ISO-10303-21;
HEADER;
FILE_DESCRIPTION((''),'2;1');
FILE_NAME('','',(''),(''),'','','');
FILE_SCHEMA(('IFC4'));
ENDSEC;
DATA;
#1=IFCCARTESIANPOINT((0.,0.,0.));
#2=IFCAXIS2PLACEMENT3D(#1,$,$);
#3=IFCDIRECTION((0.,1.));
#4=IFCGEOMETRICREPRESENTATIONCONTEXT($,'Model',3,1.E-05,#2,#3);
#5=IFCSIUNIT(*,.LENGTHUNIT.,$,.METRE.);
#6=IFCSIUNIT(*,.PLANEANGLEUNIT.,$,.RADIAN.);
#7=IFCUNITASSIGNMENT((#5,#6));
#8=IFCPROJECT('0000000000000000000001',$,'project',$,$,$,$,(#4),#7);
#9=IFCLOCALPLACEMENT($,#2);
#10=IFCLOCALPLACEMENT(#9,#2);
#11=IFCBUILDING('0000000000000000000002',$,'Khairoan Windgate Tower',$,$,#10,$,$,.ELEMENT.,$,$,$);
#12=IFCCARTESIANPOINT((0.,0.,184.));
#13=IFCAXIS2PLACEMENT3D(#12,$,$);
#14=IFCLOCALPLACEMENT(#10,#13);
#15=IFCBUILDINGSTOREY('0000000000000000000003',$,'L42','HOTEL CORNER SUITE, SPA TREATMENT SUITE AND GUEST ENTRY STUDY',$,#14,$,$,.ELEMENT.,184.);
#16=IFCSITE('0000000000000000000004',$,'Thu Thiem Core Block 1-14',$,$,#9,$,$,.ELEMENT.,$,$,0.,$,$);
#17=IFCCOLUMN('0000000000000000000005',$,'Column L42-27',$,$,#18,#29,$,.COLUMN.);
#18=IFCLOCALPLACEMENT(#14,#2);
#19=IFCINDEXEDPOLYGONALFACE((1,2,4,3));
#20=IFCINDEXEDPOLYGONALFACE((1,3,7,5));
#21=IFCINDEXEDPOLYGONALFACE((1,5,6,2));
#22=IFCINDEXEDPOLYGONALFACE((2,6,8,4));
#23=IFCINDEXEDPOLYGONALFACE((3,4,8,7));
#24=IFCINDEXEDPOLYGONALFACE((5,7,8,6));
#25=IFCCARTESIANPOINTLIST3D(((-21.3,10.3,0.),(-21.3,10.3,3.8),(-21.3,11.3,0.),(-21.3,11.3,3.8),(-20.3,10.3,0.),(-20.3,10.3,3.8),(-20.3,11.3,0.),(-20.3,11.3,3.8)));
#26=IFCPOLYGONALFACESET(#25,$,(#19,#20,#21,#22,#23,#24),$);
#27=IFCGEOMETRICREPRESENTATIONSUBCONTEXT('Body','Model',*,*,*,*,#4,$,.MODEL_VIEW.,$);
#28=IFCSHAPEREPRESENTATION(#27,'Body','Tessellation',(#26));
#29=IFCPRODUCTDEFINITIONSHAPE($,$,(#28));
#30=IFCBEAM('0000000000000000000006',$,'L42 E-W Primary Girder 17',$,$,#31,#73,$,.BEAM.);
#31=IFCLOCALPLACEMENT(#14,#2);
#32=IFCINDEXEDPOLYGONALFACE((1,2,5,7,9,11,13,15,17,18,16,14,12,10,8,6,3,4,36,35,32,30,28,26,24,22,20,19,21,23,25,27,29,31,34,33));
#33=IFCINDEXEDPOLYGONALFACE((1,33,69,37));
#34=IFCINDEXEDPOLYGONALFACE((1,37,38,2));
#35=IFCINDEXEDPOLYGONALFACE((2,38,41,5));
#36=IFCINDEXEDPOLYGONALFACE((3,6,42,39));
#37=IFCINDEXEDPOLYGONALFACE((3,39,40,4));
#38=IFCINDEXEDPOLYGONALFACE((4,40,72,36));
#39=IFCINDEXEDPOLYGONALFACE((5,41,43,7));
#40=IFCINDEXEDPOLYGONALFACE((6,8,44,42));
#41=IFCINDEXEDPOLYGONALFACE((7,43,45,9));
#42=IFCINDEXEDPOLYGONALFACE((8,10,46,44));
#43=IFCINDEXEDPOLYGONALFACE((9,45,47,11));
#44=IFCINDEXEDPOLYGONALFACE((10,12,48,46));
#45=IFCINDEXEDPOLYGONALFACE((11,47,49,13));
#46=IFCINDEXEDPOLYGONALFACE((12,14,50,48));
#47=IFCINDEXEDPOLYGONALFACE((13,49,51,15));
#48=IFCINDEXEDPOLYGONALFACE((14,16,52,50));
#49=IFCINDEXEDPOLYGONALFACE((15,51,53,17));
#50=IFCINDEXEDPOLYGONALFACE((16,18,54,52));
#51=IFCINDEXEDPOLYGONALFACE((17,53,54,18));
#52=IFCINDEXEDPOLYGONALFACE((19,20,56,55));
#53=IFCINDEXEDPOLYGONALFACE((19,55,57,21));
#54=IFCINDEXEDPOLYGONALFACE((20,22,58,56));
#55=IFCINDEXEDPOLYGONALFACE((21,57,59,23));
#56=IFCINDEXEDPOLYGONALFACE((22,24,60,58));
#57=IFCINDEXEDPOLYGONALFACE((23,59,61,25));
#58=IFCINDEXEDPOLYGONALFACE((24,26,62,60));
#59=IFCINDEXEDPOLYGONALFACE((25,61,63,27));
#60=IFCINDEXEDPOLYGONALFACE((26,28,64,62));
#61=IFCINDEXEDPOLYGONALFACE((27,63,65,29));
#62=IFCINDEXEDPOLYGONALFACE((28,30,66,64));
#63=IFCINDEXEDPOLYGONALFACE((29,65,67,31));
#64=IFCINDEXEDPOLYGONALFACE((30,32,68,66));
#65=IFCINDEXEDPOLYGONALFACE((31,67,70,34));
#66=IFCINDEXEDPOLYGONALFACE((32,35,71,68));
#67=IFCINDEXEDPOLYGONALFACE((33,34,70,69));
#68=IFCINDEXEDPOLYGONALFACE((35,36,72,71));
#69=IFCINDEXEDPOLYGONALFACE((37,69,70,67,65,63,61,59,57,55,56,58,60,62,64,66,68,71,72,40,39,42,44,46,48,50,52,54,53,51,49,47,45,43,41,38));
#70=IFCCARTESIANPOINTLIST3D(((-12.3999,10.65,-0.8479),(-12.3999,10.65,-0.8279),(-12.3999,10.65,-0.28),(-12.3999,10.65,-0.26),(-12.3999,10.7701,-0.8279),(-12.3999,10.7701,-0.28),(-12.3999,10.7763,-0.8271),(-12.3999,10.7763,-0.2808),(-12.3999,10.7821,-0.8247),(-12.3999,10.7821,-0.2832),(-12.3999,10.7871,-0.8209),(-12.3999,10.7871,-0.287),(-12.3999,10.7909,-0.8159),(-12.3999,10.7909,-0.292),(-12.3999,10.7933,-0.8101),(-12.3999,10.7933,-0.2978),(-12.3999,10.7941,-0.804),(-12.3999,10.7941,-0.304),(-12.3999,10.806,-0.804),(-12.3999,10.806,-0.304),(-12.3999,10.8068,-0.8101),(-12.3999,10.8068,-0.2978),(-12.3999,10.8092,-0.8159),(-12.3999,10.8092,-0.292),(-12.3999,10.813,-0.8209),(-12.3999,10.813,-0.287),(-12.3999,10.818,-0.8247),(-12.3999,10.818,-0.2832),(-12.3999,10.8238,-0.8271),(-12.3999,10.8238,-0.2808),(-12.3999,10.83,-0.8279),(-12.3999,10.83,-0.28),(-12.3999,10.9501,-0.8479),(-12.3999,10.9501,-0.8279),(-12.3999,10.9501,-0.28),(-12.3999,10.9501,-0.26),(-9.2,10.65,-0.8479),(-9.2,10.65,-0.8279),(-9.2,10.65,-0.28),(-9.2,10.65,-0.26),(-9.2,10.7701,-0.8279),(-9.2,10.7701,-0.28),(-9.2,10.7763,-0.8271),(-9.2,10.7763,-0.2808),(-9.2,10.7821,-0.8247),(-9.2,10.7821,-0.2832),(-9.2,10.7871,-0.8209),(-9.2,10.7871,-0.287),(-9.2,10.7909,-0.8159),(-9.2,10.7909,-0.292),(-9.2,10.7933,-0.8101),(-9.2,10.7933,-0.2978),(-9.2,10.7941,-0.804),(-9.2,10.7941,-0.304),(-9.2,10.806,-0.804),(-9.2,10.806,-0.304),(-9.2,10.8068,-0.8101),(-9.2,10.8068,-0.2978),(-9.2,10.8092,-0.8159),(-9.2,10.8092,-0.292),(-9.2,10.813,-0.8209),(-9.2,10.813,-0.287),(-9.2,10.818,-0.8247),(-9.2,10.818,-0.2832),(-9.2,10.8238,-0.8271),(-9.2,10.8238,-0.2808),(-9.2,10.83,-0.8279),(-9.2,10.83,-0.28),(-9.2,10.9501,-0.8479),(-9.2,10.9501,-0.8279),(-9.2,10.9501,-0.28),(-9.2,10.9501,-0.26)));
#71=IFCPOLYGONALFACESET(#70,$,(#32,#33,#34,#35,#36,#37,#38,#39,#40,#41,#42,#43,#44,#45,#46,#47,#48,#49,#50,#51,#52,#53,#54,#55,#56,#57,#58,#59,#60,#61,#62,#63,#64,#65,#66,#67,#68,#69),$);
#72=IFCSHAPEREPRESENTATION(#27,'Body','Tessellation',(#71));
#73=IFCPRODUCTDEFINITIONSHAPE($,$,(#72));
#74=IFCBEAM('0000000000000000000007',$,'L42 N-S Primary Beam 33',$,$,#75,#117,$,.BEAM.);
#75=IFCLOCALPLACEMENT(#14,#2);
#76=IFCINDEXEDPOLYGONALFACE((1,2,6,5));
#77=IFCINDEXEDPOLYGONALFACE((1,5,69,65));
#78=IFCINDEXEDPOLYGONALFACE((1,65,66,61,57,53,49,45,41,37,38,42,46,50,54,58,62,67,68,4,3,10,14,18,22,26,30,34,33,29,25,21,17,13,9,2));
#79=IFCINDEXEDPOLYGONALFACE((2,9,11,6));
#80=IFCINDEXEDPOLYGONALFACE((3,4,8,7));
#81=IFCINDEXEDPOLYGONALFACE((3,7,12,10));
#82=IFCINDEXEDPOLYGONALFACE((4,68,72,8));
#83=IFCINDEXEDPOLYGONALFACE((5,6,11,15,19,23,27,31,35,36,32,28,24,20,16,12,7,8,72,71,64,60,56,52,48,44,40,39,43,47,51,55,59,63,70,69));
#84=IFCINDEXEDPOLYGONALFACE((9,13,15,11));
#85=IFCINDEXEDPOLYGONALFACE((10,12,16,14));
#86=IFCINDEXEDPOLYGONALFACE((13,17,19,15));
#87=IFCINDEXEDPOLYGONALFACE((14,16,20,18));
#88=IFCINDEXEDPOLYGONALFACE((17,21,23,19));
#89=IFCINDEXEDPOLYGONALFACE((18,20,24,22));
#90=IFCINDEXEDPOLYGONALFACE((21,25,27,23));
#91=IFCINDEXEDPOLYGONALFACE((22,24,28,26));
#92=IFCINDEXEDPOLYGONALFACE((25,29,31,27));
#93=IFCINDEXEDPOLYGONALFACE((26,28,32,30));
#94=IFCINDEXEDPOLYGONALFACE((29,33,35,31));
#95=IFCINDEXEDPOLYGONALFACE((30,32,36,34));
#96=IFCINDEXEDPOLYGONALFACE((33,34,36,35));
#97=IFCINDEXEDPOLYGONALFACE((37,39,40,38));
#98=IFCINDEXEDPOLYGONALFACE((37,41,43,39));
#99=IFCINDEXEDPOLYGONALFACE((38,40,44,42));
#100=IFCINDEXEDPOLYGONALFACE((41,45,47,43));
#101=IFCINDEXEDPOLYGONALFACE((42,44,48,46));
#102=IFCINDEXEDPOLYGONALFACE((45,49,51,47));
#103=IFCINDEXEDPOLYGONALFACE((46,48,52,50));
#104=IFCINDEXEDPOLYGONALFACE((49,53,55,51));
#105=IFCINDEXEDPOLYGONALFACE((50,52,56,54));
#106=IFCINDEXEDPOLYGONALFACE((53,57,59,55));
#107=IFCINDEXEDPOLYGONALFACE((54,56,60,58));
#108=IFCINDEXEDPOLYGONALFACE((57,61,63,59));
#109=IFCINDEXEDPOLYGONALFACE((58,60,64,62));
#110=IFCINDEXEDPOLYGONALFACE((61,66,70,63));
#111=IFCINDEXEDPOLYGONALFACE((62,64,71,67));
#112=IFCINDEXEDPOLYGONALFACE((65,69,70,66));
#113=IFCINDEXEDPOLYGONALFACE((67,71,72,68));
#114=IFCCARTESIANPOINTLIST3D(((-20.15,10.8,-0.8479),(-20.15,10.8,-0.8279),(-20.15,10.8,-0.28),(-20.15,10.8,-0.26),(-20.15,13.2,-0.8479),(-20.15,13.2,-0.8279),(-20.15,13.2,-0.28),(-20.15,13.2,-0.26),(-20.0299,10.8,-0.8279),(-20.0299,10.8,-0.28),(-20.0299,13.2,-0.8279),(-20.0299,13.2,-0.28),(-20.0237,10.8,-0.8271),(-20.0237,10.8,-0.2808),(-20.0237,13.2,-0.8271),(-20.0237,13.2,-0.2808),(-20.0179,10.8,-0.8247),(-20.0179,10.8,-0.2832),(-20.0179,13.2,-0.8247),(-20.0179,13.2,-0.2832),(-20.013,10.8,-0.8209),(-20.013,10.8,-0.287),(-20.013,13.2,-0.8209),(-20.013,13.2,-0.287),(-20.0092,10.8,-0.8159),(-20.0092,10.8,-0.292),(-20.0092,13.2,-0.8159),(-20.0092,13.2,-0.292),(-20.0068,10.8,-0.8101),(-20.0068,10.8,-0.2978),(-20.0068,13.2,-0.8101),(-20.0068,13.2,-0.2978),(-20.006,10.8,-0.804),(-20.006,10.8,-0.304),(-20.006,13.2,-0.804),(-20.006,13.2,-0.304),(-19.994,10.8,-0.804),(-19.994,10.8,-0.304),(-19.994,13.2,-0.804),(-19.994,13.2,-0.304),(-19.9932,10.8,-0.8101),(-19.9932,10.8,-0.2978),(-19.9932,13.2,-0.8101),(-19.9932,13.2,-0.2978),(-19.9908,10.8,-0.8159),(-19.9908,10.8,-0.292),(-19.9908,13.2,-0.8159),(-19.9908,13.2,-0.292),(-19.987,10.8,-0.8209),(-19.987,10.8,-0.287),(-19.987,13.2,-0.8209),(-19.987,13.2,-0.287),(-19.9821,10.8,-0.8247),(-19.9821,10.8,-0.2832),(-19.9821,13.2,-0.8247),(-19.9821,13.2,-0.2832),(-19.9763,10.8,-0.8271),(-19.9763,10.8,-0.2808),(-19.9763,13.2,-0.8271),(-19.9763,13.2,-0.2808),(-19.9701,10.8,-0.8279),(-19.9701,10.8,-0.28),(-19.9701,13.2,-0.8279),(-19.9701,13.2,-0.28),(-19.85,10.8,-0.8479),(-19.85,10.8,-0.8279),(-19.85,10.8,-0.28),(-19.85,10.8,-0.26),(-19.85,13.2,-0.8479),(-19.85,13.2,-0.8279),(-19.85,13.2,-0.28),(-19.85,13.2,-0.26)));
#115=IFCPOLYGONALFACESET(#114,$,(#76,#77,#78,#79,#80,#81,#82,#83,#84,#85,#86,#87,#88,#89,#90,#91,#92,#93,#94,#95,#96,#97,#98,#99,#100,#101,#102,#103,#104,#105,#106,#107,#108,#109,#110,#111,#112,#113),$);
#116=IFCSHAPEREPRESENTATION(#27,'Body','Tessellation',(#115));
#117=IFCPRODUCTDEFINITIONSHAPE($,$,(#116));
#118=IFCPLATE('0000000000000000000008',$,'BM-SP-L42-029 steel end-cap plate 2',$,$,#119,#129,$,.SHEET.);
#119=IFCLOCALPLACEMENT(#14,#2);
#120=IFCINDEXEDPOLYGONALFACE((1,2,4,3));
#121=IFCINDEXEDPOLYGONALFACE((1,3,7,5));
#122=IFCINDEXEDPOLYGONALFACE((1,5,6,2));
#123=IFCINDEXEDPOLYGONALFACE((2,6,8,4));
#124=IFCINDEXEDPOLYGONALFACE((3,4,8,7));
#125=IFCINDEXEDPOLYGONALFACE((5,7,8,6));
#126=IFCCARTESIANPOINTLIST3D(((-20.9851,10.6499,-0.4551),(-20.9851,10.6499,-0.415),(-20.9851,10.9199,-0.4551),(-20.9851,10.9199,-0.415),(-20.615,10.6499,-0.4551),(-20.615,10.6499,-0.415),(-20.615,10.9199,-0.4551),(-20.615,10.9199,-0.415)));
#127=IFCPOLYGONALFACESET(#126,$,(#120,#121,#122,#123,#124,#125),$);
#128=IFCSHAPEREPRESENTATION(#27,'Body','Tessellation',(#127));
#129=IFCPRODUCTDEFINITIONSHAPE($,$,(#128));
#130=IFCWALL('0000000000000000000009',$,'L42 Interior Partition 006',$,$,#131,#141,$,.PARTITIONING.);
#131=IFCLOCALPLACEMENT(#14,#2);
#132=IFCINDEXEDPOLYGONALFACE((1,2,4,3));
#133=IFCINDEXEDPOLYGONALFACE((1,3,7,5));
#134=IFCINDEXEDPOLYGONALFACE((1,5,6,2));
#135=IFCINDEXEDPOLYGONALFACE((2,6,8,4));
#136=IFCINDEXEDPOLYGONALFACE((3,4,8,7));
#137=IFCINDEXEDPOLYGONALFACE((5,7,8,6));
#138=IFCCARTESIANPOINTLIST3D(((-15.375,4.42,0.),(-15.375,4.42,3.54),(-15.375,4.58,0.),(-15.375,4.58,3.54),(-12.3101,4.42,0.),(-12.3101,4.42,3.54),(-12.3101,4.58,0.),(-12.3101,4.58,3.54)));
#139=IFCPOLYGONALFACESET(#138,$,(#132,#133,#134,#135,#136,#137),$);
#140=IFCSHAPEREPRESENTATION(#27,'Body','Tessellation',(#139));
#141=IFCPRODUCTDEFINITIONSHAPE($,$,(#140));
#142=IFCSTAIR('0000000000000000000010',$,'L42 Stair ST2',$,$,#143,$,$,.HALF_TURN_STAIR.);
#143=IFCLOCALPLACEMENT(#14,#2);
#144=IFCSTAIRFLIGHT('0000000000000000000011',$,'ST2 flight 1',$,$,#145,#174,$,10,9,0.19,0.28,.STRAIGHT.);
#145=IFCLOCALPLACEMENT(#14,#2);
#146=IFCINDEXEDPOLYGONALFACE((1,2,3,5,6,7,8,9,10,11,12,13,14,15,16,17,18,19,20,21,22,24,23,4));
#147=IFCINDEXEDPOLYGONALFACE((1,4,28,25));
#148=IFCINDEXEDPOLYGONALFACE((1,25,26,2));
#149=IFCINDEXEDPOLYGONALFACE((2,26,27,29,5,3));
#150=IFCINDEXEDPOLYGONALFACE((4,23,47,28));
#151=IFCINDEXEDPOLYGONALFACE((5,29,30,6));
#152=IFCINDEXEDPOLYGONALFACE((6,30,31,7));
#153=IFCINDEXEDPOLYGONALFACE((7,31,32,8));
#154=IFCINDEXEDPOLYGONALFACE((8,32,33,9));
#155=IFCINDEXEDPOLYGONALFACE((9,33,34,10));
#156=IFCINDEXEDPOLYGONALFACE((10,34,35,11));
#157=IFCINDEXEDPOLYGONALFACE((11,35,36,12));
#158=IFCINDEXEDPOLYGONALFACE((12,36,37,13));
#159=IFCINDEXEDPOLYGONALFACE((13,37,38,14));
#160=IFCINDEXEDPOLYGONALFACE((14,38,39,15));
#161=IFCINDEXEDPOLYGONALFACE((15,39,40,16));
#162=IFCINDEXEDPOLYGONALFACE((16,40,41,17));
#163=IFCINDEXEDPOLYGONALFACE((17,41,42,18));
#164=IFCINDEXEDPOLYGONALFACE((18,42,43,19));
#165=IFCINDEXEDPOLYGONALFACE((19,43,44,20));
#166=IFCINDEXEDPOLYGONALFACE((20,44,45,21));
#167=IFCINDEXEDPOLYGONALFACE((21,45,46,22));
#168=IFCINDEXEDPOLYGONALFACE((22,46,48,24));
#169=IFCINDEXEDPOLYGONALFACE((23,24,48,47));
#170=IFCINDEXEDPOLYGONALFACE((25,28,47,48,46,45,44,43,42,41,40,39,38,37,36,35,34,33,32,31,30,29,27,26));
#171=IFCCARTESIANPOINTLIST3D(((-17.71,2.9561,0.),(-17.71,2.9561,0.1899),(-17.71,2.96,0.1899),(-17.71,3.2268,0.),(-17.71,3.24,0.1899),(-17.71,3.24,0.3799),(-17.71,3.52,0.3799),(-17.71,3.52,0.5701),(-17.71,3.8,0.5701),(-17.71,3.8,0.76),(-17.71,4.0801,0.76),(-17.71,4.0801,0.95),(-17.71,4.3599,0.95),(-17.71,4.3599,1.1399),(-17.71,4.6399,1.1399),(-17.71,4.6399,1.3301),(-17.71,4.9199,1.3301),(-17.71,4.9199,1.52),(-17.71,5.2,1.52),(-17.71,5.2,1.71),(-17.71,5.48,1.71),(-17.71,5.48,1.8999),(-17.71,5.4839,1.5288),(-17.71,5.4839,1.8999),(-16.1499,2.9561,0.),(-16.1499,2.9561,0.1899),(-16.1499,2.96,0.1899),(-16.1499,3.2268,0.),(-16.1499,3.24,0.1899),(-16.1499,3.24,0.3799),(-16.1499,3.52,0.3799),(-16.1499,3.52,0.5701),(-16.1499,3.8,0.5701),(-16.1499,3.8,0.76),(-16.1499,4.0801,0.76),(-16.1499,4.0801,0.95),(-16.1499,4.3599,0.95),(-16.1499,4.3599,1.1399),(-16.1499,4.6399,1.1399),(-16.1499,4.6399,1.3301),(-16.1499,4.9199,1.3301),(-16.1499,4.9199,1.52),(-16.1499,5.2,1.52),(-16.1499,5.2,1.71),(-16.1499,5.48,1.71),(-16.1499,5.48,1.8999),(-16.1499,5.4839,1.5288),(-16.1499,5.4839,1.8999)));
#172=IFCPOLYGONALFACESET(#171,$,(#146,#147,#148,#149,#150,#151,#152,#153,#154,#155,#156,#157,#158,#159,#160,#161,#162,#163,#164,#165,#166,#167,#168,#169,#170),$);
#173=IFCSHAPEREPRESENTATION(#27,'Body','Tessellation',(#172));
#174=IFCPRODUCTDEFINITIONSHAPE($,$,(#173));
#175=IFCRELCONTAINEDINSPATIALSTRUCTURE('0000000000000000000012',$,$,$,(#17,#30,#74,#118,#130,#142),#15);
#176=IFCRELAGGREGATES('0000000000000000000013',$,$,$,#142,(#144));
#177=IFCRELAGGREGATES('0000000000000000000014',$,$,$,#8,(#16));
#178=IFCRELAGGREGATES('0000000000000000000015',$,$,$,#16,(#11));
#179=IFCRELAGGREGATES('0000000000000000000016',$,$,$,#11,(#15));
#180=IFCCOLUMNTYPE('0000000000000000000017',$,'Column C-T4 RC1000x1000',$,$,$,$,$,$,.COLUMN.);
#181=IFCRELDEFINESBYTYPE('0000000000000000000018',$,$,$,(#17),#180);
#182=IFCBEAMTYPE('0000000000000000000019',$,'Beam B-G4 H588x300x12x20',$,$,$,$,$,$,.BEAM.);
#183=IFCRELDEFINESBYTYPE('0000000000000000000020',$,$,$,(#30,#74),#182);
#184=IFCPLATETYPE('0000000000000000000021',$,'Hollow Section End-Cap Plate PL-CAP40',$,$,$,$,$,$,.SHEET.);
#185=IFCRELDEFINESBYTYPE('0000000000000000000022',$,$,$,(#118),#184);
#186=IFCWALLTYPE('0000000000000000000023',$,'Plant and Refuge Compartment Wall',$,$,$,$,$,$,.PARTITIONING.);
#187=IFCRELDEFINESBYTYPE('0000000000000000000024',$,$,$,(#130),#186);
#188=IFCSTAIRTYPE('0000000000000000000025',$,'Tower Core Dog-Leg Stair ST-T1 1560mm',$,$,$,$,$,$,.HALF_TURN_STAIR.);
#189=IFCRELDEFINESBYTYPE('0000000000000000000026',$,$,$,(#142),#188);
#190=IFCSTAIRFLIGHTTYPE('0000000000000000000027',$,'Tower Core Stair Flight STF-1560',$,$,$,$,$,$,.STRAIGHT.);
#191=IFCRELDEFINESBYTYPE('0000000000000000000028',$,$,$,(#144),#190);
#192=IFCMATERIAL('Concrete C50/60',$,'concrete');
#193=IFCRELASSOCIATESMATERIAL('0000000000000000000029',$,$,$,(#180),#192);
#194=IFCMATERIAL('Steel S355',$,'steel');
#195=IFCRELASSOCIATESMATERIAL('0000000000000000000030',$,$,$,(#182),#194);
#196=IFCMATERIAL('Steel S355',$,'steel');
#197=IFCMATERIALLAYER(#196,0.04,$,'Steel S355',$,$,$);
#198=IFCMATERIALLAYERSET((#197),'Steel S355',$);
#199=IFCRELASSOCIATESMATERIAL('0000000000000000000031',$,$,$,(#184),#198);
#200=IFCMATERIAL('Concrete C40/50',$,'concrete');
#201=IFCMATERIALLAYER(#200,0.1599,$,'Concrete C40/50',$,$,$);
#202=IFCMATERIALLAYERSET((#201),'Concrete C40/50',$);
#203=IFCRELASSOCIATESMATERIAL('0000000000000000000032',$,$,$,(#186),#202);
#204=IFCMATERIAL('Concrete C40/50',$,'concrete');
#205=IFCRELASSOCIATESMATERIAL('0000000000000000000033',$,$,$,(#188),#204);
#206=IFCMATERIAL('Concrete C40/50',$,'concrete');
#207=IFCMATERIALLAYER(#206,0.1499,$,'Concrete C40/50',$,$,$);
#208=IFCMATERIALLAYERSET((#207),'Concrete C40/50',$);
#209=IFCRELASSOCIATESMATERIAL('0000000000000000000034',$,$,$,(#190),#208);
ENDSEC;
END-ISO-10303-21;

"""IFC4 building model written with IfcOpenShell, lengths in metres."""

from ifc_helpers import new_model, si_unit, direction, frame, frame_2d, origin, origin_2d, place, context, subcontext, project, spatial, polyline, rectangle, i_section, outline, extrude, material, layer, layer_set, material_profile, profile_set, type_object, element, aggregate, save


model = new_model("IFC4")

# Units and contexts
model_context = context("Model", 3, precision=1e-05, world=origin(), true_north=direction((0.0, 1.0)))
body_context = subcontext(model_context, "Body", "Model", "MODEL_VIEW")
ifc_project = project(units=[si_unit("LENGTHUNIT", "METRE"), si_unit("PLANEANGLEUNIT", "RADIAN")], contexts=[model_context])

# Site, building, storey
site_placement = place(None, origin())
site = spatial("IfcSite", under=ifc_project, at=site_placement, Name="Thu Thiem Core Block 1-14", CompositionType="ELEMENT", RefElevation=0.0)
building_placement = place(site_placement, origin())
building = spatial("IfcBuilding", under=site, at=building_placement, Name="Khairoan Windgate Tower", CompositionType="ELEMENT")
storey_placement = place(building_placement, frame((0.0, 0.0, 184.0)))
storey = spatial("IfcBuildingStorey", under=building, at=storey_placement, Name="L42", Description="HOTEL CORNER SUITE, SPA TREATMENT SUITE AND GUEST ENTRY STUDY", CompositionType="ELEMENT", Elevation=184.0)

# Column
ifc_material_1 = material(Name="Concrete C50/60", Category="concrete")
ifc_material_profile_1 = material_profile(ifc_material_1, rectangle(XDim=1.0, YDim=1.0, at=origin_2d()))
ifc_profile_set_1 = profile_set([ifc_material_profile_1], Name="Concrete C50/60")
column_type = type_object("IfcColumnType", Name="Column C-T4 RC1000x1000", PredefinedType="COLUMN", material=ifc_profile_set_1)
column_placement = place(storey_placement, frame((-20.8, 10.8, 0.0), z_axis=(0.0, 0.0, 1.0), x_axis=(1.0, 0.0, 0.0)))
element("IfcColumn", 1, at=column_placement, inside=storey, type_object=column_type, Name="Column L42-27", PredefinedType="COLUMN", context=body_context, shape_type="SweptSolid", body=[
    extrude(rectangle(XDim=1.0, YDim=1.0, at=origin_2d()), origin(), (0.0, 0.0, 1.0), 3.8),
])

# Beams
ifc_material_2 = material(Name="Steel S355", Category="steel")
ifc_material_profile_2 = material_profile(ifc_material_2, i_section(OverallWidth=0.3, OverallDepth=0.5879, WebThickness=0.012, FlangeThickness=0.02, FilletRadius=0.0239, at=origin_2d()))
ifc_profile_set_2 = profile_set([ifc_material_profile_2], Name="Steel S355")
beam_type = type_object("IfcBeamType", Name="Beam B-G4 H588x300x12x20", PredefinedType="BEAM", material=ifc_profile_set_2)
beam_1_placement = place(storey_placement, frame((-12.3999, 10.8, -0.554), z_axis=(1.0, 0.0, 0.0), x_axis=(0.0, 1.0, 0.0)))
element("IfcBeam", 2, at=beam_1_placement, inside=storey, type_object=beam_type, Name="L42 E-W Primary Girder 17", PredefinedType="BEAM", context=body_context, shape_type="SweptSolid", body=[
    extrude(i_section(OverallWidth=0.3, OverallDepth=0.5879, WebThickness=0.012, FlangeThickness=0.02, FilletRadius=0.0239, at=origin_2d()), origin(), (0.0, 0.0, 1.0), 3.2),
])
beam_2_placement = place(storey_placement, frame((-20.0, 10.8, -0.554), z_axis=(0.0, 1.0, 0.0), x_axis=(-1.0, 0.0, 0.0)))
element("IfcBeam", 3, at=beam_2_placement, inside=storey, type_object=beam_type, Name="L42 N-S Primary Beam 33", PredefinedType="BEAM", context=body_context, shape_type="SweptSolid", body=[
    extrude(i_section(OverallWidth=0.3, OverallDepth=0.5879, WebThickness=0.012, FlangeThickness=0.02, FilletRadius=0.0239, at=origin_2d()), origin(), (0.0, 0.0, 1.0), 2.3999),
])

# Plate
ifc_material_3 = material(Name="Steel S355", Category="steel")
ifc_layer_1 = layer(ifc_material_3, 0.04, Name="Steel S355")
ifc_layer_set_1 = layer_set([ifc_layer_1], Name="Steel S355")
plate_type = type_object("IfcPlateType", Name="Hollow Section End-Cap Plate PL-CAP40", PredefinedType="SHEET", material=ifc_layer_set_1)
plate_placement = place(storey_placement, frame((-20.8, 10.7849, -0.4551), z_axis=(0.0, 0.0, 1.0), x_axis=(0.0, 1.0, 0.0)))
element("IfcPlate", 4, at=plate_placement, inside=storey, type_object=plate_type, Name="BM-SP-L42-029 steel end-cap plate 2", PredefinedType="SHEET", context=body_context, shape_type="SweptSolid", body=[
    extrude(rectangle(XDim=0.27, YDim=0.3701, at=origin_2d()), origin(), (0.0, 0.0, 1.0), 0.04),
])

# Wall
ifc_material_4 = material(Name="Concrete C40/50", Category="concrete")
ifc_layer_2 = layer(ifc_material_4, 0.1599, Name="Concrete C40/50")
ifc_layer_set_2 = layer_set([ifc_layer_2], Name="Concrete C40/50")
wall_type = type_object("IfcWallType", Name="Plant and Refuge Compartment Wall", PredefinedType="PARTITIONING", material=ifc_layer_set_2)
wall_placement = place(storey_placement, frame((-15.375, 4.5, 0.0), z_axis=(0.0, 0.0, 1.0), x_axis=(1.0, 0.0, 0.0)))
element("IfcWall", 5, at=wall_placement, inside=storey, type_object=wall_type, Name="L42 Interior Partition 006", PredefinedType="PARTITIONING", context=body_context, shape_type="SweptSolid", body=[
    extrude(rectangle(XDim=3.0649, YDim=0.1599, at=frame_2d((1.5325, 0.0))), origin(), (0.0, 0.0, 1.0), 3.54),
])

# Stair, stair flight
ifc_material_5 = material(Name="Concrete C40/50", Category="concrete")
stair_type = type_object("IfcStairType", Name="Tower Core Dog-Leg Stair ST-T1 1560mm", PredefinedType="HALF_TURN_STAIR", material=ifc_material_5)
stair_placement = place(storey_placement, origin())
stair = element("IfcStair", 6, at=stair_placement, inside=storey, type_object=stair_type, Name="L42 Stair ST2", PredefinedType="HALF_TURN_STAIR")
ifc_material_6 = material(Name="Concrete C40/50", Category="concrete")
ifc_layer_3 = layer(ifc_material_6, 0.1499, Name="Concrete C40/50")
ifc_layer_set_3 = layer_set([ifc_layer_3], Name="Concrete C40/50")
stair_flight_type = type_object("IfcStairFlightType", Name="Tower Core Stair Flight STF-1560", PredefinedType="STRAIGHT", material=ifc_layer_set_3)
stair_flight_1_placement = place(storey_placement, frame((-16.9299, 2.96, 0.0), z_axis=(0.0, 0.0, 1.0), x_axis=(0.0, 1.0, 0.0)))
stair_flight_1 = element("IfcStairFlight", 7, at=stair_flight_1_placement, type_object=stair_flight_type, Name="ST2 flight 1", NumberOfRisers=10, NumberOfTreads=9, PredefinedType="STRAIGHT", RiserHeight=0.19, TreadLength=0.28, context=body_context, shape_type="SweptSolid", body=[
    extrude(outline(polyline([(-0.0039, 0.0), (-0.0039, 0.1899), (0.0, 0.1899), (0.28, 0.1899), (0.28, 0.3799), (0.5601, 0.3799), (0.5601, 0.5701), (0.8401, 0.5701), (0.8401, 0.76), (1.1201, 0.76), (1.1201, 0.95), (1.3999, 0.95), (1.3999, 1.1399), (1.6799, 1.1399), (1.6799, 1.3301), (1.96, 1.3301), (1.96, 1.52), (2.24, 1.52), (2.24, 1.71), (2.52, 1.71), (2.52, 1.8999), (2.5239, 1.8999), (2.5239, 1.5288), (0.2668, 0.0), (-0.0039, 0.0)])), frame((0.0, 0.78, 0.0), z_axis=(0.0, -1.0, 0.0), x_axis=(1.0, 0.0, 0.0)), (0.0, 0.0, 1.0), 1.5601),
])
aggregate(stair, [stair_flight_1])

save(model, "model.ifc")
